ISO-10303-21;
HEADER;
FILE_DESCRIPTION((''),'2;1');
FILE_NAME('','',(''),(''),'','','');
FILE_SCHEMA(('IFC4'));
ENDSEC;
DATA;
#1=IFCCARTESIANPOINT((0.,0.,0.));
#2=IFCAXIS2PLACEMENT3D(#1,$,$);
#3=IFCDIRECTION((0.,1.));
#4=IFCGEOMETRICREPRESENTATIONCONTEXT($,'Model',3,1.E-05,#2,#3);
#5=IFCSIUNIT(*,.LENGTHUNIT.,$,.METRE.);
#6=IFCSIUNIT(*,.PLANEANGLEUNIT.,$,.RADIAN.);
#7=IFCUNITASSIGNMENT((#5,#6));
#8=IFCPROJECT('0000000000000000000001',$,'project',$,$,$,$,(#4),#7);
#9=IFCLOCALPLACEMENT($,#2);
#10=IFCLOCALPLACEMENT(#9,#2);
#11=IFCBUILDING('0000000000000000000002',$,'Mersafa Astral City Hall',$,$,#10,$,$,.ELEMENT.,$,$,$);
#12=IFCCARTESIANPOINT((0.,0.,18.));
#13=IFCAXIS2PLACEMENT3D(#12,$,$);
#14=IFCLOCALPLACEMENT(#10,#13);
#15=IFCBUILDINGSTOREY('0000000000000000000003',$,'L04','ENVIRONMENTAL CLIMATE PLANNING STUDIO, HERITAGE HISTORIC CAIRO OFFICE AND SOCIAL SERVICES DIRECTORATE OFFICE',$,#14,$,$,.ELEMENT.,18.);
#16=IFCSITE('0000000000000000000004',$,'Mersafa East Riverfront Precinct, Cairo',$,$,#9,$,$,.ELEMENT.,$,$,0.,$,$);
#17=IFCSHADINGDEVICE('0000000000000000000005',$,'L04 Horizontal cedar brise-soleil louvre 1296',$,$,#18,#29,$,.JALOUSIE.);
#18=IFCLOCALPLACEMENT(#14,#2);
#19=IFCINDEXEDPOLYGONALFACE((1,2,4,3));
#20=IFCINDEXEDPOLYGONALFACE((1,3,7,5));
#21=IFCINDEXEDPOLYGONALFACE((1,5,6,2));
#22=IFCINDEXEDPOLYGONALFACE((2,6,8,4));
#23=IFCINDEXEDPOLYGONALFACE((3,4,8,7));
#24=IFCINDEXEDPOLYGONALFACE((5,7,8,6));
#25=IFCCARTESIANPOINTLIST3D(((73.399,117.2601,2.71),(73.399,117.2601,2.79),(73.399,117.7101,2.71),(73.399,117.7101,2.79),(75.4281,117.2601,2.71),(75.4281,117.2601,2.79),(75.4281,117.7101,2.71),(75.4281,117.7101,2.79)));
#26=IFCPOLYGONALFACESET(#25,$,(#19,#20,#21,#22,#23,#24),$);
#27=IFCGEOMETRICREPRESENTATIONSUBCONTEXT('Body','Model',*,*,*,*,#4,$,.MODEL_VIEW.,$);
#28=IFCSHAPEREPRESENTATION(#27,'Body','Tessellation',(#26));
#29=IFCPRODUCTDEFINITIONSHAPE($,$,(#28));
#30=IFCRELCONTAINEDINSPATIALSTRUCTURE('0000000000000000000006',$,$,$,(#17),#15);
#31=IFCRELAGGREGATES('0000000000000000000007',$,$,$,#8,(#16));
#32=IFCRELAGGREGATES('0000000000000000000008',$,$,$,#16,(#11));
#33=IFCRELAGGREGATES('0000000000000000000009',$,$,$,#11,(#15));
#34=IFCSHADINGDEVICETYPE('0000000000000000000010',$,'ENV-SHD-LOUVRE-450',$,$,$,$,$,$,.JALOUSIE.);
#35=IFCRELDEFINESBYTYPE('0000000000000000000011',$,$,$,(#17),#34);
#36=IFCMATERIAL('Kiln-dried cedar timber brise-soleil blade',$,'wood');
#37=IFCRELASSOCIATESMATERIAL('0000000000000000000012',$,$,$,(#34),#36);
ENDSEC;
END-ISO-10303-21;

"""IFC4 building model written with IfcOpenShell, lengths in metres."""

from ifc_helpers import new_model, si_unit, direction, frame, origin, origin_2d, place, context, subcontext, project, spatial, rectangle, extrude, material, type_object, element, save


model = new_model("IFC4")

# Units and contexts
model_context = context("Model", 3, precision=1e-05, world=origin(), true_north=direction((0.0, 1.0)))
body_context = subcontext(model_context, "Body", "Model", "MODEL_VIEW")
ifc_project = project(units=[si_unit("LENGTHUNIT", "METRE"), si_unit("PLANEANGLEUNIT", "RADIAN")], contexts=[model_context])

# Site, building, storey
site_placement = place(None, origin())
site = spatial("IfcSite", under=ifc_project, at=site_placement, Name="Mersafa East Riverfront Precinct, Cairo", CompositionType="ELEMENT", RefElevation=0.0)
building_placement = place(site_placement, origin())
building = spatial("IfcBuilding", under=site, at=building_placement, Name="Mersafa Astral City Hall", CompositionType="ELEMENT")
storey_placement = place(building_placement, frame((0.0, 0.0, 18.0)))
storey = spatial("IfcBuildingStorey", under=building, at=storey_placement, Name="L04", Description="ENVIRONMENTAL CLIMATE PLANNING STUDIO, HERITAGE HISTORIC CAIRO OFFICE AND SOCIAL SERVICES DIRECTORATE OFFICE", CompositionType="ELEMENT", Elevation=18.0)

# Shading device
ifc_material_1 = material(Name="Kiln-dried cedar timber brise-soleil blade", Category="wood")
shading_device_type_1 = type_object("IfcShadingDeviceType", Name="ENV-SHD-LOUVRE-450", PredefinedType="JALOUSIE", material=ifc_material_1)
shading_device_1_placement = place(storey_placement, frame((74.4136, 117.4851, 2.71), z_axis=(0.0, 0.0, 1.0), x_axis=(1.0, 0.0, 0.0)))
element("IfcShadingDevice", 1, at=shading_device_1_placement, inside=storey, type_object=shading_device_type_1, Name="L04 Horizontal cedar brise-soleil louvre 1296", PredefinedType="JALOUSIE", context=body_context, shape_type="SweptSolid", body=[
    extrude(rectangle(XDim=2.0291, YDim=0.45, at=origin_2d()), origin(), (0.0, 0.0, 1.0), 0.0801),
])

save(model, "model.ifc")
